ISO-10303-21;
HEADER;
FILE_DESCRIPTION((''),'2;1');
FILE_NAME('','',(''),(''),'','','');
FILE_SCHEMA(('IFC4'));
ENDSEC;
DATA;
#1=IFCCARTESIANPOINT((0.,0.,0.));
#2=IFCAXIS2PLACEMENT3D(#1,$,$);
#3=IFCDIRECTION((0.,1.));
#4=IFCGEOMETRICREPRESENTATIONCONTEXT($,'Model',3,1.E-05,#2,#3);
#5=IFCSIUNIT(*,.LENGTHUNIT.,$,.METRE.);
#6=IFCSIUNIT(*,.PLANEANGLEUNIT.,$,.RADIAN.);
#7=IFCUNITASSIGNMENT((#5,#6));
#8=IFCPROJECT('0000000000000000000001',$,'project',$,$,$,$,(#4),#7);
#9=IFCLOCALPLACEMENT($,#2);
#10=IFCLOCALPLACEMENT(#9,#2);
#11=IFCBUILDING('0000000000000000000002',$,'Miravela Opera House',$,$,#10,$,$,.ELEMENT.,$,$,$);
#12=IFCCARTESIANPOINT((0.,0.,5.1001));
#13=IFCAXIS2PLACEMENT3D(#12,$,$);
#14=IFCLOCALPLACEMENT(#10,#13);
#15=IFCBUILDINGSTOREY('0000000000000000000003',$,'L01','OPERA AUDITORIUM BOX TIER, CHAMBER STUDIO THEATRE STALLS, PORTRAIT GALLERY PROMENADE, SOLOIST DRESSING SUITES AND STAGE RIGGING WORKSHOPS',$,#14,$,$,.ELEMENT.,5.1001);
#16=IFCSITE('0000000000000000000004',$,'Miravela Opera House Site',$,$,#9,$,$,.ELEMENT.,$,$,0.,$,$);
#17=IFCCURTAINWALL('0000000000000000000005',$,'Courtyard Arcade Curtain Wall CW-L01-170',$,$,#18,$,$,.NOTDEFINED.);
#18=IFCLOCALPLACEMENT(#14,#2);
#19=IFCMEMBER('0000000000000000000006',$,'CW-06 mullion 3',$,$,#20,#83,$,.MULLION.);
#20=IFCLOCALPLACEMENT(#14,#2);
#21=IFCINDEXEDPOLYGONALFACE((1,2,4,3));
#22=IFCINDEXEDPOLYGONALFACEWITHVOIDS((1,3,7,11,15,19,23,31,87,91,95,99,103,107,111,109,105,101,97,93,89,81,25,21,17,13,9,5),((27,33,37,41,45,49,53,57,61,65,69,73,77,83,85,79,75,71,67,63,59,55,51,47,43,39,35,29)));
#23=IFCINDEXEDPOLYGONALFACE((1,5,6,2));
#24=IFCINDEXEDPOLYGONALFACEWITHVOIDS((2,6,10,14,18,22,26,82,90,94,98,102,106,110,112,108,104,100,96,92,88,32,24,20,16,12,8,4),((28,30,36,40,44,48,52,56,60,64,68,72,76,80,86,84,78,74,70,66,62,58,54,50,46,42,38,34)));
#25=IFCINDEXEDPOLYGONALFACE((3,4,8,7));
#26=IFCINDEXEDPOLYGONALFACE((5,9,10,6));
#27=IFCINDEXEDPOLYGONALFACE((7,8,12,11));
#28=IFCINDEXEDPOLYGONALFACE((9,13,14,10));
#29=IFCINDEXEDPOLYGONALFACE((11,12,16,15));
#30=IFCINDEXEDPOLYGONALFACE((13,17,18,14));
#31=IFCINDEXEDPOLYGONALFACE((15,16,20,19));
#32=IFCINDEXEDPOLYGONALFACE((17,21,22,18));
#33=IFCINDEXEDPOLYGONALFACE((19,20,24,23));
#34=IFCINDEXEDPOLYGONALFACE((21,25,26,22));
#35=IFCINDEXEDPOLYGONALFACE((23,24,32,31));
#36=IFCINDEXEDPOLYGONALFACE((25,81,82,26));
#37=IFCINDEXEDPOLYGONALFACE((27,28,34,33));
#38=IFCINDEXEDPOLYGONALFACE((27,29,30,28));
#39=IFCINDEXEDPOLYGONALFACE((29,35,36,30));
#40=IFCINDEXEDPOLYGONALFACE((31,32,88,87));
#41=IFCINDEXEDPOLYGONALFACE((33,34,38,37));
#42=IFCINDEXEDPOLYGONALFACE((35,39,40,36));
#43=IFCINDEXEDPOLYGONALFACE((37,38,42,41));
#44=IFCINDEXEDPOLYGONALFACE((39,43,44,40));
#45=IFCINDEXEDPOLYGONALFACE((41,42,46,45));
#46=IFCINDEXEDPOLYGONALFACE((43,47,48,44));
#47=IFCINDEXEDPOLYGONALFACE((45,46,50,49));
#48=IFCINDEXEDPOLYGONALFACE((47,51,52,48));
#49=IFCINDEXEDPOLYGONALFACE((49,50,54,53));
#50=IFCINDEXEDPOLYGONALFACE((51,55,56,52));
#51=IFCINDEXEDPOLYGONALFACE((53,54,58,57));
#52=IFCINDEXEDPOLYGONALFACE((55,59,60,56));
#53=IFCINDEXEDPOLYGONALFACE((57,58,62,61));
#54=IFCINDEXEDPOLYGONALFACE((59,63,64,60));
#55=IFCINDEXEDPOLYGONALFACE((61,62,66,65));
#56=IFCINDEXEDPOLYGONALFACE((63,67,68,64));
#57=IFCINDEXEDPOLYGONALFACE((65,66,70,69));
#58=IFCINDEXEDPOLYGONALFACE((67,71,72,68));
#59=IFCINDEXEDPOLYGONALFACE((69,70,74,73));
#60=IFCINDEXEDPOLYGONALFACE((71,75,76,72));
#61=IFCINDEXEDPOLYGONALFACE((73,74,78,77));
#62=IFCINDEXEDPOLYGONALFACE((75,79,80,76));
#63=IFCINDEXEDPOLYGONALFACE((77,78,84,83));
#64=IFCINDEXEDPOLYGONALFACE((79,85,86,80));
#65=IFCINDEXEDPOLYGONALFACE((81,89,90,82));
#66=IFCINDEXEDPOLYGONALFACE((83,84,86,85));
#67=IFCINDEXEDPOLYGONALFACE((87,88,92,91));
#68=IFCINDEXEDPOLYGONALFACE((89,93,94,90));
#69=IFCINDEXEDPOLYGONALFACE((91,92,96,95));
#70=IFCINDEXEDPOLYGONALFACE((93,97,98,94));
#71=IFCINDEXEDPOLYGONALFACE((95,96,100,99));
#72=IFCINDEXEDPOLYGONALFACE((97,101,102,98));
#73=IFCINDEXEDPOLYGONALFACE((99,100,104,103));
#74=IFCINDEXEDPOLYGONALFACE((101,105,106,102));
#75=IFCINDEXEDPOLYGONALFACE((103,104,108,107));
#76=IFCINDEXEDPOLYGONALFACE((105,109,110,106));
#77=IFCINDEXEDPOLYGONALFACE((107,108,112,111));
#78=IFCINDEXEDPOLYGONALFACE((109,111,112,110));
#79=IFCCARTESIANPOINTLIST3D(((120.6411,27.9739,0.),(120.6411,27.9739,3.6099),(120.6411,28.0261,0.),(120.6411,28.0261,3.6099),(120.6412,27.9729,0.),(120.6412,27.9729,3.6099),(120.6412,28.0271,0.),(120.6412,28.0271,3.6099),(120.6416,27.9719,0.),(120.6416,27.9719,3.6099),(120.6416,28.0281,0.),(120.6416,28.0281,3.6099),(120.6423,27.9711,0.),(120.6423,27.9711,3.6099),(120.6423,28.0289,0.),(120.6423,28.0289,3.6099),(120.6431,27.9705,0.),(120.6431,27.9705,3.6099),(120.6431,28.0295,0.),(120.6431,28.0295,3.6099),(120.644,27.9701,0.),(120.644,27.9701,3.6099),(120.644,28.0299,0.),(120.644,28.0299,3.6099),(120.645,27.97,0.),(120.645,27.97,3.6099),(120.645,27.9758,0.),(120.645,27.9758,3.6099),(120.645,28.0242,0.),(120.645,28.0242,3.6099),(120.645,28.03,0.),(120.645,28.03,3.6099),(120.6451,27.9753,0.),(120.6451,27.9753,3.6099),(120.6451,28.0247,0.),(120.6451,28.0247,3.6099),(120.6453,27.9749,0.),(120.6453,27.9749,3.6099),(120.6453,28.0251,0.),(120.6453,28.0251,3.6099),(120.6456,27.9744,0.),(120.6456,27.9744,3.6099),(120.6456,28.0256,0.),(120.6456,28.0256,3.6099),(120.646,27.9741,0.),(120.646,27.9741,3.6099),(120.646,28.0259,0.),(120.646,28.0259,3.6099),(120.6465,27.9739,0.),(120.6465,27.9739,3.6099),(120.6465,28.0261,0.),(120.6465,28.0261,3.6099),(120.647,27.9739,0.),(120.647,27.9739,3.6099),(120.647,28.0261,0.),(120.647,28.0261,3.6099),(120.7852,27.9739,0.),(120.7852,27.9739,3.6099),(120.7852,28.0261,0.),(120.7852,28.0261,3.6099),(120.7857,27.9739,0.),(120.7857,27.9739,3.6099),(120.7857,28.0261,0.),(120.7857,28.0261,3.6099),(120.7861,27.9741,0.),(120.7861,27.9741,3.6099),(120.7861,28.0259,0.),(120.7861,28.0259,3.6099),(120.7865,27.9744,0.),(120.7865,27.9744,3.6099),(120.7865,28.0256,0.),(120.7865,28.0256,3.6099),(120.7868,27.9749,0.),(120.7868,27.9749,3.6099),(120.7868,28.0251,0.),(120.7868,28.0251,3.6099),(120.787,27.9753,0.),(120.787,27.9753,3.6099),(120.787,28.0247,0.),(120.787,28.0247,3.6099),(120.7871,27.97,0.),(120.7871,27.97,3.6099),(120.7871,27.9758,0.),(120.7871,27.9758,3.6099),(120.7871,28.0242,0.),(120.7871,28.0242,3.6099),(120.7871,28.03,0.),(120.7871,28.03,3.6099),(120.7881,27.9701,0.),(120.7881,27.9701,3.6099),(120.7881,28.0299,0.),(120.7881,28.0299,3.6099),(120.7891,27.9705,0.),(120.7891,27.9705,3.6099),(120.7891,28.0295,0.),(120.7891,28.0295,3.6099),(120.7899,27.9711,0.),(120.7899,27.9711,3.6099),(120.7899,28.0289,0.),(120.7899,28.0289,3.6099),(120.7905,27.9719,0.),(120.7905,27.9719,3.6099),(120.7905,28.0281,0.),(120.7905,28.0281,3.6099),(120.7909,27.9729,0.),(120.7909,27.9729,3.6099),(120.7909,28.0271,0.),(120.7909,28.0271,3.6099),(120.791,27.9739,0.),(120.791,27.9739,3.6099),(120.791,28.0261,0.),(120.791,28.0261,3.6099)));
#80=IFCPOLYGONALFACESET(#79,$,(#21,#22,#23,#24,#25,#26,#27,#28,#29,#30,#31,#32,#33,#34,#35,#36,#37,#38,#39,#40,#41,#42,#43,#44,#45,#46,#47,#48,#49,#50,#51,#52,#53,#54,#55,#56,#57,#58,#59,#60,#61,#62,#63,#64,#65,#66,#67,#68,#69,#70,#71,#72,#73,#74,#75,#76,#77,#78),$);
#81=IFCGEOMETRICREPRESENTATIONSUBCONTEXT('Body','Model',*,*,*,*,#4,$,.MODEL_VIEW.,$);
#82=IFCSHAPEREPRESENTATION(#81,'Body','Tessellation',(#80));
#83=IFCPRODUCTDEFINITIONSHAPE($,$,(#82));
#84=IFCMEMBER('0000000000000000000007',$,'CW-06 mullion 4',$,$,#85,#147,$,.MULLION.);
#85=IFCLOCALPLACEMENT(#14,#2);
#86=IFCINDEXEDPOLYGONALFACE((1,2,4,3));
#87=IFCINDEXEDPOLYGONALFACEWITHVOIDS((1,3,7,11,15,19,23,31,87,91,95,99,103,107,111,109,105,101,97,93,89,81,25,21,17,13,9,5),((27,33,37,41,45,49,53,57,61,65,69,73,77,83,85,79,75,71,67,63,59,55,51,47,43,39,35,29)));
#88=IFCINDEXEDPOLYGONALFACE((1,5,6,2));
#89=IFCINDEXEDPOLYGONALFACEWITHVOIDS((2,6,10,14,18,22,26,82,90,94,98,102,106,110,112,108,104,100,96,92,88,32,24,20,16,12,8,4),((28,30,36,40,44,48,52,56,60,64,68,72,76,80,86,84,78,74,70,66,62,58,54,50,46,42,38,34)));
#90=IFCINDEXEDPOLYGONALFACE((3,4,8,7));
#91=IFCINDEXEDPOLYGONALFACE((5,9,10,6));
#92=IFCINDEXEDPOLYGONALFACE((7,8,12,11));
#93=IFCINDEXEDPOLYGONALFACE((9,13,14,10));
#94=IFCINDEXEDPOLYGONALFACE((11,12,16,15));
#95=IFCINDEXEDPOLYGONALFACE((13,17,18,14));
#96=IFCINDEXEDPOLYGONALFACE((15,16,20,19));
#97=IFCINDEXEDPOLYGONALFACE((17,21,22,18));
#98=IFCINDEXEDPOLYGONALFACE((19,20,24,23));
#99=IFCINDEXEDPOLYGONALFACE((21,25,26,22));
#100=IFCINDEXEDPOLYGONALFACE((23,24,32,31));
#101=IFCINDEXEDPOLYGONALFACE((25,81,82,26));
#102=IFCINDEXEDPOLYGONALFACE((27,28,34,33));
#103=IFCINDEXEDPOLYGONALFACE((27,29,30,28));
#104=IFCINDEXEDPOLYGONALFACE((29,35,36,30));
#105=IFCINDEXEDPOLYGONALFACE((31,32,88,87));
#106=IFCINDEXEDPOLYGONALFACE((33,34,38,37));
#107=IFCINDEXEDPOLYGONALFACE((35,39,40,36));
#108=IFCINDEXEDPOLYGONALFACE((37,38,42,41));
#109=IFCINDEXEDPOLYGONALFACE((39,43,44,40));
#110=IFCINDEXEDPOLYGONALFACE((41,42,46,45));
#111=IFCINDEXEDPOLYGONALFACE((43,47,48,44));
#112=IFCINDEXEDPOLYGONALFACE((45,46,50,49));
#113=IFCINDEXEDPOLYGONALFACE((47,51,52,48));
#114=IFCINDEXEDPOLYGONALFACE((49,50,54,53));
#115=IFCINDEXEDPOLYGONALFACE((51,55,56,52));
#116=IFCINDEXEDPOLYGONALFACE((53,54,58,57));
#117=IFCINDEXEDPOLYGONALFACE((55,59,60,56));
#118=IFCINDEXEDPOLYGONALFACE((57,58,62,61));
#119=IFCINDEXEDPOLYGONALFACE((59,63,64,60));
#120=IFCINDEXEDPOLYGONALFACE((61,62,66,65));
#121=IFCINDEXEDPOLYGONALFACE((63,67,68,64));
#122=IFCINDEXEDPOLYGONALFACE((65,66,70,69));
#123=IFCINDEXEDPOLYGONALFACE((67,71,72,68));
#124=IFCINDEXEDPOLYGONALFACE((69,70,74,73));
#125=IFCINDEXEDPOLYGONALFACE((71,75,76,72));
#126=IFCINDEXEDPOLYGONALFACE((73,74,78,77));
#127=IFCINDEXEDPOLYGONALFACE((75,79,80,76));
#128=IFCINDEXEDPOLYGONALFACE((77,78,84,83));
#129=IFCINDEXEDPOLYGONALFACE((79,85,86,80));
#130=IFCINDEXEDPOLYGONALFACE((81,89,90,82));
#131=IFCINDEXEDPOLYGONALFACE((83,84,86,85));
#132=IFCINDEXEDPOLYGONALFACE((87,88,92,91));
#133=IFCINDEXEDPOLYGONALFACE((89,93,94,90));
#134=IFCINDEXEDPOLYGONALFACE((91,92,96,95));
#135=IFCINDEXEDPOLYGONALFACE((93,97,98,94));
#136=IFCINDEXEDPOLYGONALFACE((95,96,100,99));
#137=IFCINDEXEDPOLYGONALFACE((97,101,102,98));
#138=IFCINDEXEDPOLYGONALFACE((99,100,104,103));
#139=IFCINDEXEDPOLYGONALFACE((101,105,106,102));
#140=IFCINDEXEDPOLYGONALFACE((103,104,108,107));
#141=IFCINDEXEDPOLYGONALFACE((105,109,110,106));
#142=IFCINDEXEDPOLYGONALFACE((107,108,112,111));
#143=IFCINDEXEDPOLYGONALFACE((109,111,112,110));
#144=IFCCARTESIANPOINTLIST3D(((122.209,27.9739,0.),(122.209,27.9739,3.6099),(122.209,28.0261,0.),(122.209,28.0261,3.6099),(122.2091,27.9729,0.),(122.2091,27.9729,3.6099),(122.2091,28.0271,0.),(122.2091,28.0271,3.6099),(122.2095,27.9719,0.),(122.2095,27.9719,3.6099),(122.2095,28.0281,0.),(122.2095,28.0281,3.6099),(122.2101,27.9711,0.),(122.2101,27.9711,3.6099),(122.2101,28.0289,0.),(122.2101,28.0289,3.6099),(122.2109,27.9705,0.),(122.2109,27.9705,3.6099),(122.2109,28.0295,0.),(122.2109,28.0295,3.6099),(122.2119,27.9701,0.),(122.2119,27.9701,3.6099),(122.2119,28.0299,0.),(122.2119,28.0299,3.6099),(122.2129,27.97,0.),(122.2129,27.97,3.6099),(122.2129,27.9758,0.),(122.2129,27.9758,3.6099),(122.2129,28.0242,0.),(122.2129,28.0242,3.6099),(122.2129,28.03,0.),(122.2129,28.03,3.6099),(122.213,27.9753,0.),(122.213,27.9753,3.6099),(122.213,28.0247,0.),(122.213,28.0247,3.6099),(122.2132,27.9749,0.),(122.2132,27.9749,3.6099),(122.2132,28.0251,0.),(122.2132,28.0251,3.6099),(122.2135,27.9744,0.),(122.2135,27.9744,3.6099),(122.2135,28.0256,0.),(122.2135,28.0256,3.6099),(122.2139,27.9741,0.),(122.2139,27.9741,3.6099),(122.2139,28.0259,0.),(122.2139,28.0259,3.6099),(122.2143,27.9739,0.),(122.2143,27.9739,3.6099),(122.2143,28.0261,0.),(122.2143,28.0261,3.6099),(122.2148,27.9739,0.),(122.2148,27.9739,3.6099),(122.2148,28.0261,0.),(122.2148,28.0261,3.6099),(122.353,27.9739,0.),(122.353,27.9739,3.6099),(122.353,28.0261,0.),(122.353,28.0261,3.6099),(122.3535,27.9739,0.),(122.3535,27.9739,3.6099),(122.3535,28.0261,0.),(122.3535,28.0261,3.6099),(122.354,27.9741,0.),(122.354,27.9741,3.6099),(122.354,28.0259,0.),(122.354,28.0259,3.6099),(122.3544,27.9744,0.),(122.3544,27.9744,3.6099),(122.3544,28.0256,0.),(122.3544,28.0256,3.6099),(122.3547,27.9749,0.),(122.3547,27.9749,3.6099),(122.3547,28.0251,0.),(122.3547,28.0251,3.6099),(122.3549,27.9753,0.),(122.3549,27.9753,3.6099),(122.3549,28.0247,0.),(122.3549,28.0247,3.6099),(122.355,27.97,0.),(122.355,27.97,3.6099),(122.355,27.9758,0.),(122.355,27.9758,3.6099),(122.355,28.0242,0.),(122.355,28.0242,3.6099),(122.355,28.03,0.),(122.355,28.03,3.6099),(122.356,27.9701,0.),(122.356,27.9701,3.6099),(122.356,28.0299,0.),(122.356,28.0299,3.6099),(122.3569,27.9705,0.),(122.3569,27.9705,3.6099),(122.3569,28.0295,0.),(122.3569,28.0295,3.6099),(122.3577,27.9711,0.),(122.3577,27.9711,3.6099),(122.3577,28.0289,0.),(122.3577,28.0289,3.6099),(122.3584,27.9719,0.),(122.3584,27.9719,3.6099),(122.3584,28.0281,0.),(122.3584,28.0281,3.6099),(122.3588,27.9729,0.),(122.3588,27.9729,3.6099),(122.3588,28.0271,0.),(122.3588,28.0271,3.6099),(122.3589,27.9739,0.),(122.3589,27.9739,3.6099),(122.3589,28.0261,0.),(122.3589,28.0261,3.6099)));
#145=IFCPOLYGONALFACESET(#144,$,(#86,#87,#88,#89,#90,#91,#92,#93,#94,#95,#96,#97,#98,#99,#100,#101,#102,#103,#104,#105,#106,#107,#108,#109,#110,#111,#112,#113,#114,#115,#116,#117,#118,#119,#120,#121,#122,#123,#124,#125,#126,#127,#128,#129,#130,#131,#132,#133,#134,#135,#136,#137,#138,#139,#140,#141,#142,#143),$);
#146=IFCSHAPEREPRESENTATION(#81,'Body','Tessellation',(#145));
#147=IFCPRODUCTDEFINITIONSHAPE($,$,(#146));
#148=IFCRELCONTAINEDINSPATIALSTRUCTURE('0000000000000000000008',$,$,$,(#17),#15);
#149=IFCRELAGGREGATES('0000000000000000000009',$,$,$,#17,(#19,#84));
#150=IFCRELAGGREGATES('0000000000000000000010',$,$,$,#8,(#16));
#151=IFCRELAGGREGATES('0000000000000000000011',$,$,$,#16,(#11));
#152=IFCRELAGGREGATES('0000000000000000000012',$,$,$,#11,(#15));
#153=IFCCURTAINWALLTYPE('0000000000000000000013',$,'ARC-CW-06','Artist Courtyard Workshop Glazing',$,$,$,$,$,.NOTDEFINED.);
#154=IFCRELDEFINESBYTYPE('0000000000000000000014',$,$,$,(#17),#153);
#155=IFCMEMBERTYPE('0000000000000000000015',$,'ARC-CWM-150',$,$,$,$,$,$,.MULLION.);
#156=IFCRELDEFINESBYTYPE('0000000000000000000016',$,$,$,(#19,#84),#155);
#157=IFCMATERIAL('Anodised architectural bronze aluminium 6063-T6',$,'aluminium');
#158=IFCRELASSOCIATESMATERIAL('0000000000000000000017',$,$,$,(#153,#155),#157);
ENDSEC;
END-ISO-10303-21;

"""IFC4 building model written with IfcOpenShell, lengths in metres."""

from ifc_helpers import new_model, si_unit, direction, frame, origin, origin_2d, place, context, subcontext, project, spatial, hollow_rectangle, extrude, material, material_profile, profile_set, type_object, element, aggregate, save


model = new_model("IFC4")

# Units and contexts
model_context = context("Model", 3, precision=1e-05, world=origin(), true_north=direction((0.0, 1.0)))
body_context = subcontext(model_context, "Body", "Model", "MODEL_VIEW")
ifc_project = project(units=[si_unit("LENGTHUNIT", "METRE"), si_unit("PLANEANGLEUNIT", "RADIAN")], contexts=[model_context])

# Site, building, storey
site_placement = place(None, origin())
site = spatial("IfcSite", under=ifc_project, at=site_placement, Name="Miravela Opera House Site", CompositionType="ELEMENT", RefElevation=0.0)
building_placement = place(site_placement, origin())
building = spatial("IfcBuilding", under=site, at=building_placement, Name="Miravela Opera House", CompositionType="ELEMENT")
storey_placement = place(building_placement, frame((0.0, 0.0, 5.1001)))
storey = spatial("IfcBuildingStorey", under=building, at=storey_placement, Name="L01", Description="OPERA AUDITORIUM BOX TIER, CHAMBER STUDIO THEATRE STALLS, PORTRAIT GALLERY PROMENADE, SOLOIST DRESSING SUITES AND STAGE RIGGING WORKSHOPS", CompositionType="ELEMENT", Elevation=5.1001)

# Curtain wall, members
ifc_material_1 = material(Name="Anodised architectural bronze aluminium 6063-T6", Category="aluminium")
curtain_wall_type = type_object("IfcCurtainWallType", Name="ARC-CW-06", Description="Artist Courtyard Workshop Glazing", PredefinedType="NOTDEFINED", material=ifc_material_1)
curtain_wall_placement = place(storey_placement, origin())
curtain_wall = element("IfcCurtainWall", 1, at=curtain_wall_placement, inside=storey, type_object=curtain_wall_type, Name="Courtyard Arcade Curtain Wall CW-L01-170", PredefinedType="NOTDEFINED")
ifc_material_profile_1 = material_profile(ifc_material_1, hollow_rectangle(XDim=0.0601, YDim=0.1499, WallThickness=0.0039, InnerFilletRadius=0.002, OuterFilletRadius=0.0039, at=origin_2d()), Name="CWM-60X150")
ifc_profile_set_1 = profile_set([ifc_material_profile_1])
member_type_1 = type_object("IfcMemberType", Name="ARC-CWM-150", PredefinedType="MULLION", material=ifc_profile_set_1)
member_1_placement = place(storey_placement, frame((120.7161, 28.0, 0.0), z_axis=(0.0, 0.0, 1.0), x_axis=(0.0, 1.0, 0.0)))
member_1 = element("IfcMember", 2, at=member_1_placement, type_object=member_type_1, Name="CW-06 mullion 3", PredefinedType="MULLION", context=body_context, shape_type="SweptSolid", body=[
    extrude(hollow_rectangle(XDim=0.0601, YDim=0.1499, WallThickness=0.0039, InnerFilletRadius=0.002, OuterFilletRadius=0.0039, at=origin_2d()), origin(), (0.0, 0.0, 1.0), 3.6099),
])
member_2_placement = place(storey_placement, frame((122.2839, 28.0, 0.0), z_axis=(0.0, 0.0, 1.0), x_axis=(0.0, 1.0, 0.0)))
member_2 = element("IfcMember", 3, at=member_2_placement, type_object=member_type_1, Name="CW-06 mullion 4", PredefinedType="MULLION", context=body_context, shape_type="SweptSolid", body=[
    extrude(hollow_rectangle(XDim=0.0601, YDim=0.1499, WallThickness=0.0039, InnerFilletRadius=0.002, OuterFilletRadius=0.0039, at=origin_2d()), origin(), (0.0, 0.0, 1.0), 3.6099),
])
aggregate(curtain_wall, [member_1, member_2])

save(model, "model.ifc")
